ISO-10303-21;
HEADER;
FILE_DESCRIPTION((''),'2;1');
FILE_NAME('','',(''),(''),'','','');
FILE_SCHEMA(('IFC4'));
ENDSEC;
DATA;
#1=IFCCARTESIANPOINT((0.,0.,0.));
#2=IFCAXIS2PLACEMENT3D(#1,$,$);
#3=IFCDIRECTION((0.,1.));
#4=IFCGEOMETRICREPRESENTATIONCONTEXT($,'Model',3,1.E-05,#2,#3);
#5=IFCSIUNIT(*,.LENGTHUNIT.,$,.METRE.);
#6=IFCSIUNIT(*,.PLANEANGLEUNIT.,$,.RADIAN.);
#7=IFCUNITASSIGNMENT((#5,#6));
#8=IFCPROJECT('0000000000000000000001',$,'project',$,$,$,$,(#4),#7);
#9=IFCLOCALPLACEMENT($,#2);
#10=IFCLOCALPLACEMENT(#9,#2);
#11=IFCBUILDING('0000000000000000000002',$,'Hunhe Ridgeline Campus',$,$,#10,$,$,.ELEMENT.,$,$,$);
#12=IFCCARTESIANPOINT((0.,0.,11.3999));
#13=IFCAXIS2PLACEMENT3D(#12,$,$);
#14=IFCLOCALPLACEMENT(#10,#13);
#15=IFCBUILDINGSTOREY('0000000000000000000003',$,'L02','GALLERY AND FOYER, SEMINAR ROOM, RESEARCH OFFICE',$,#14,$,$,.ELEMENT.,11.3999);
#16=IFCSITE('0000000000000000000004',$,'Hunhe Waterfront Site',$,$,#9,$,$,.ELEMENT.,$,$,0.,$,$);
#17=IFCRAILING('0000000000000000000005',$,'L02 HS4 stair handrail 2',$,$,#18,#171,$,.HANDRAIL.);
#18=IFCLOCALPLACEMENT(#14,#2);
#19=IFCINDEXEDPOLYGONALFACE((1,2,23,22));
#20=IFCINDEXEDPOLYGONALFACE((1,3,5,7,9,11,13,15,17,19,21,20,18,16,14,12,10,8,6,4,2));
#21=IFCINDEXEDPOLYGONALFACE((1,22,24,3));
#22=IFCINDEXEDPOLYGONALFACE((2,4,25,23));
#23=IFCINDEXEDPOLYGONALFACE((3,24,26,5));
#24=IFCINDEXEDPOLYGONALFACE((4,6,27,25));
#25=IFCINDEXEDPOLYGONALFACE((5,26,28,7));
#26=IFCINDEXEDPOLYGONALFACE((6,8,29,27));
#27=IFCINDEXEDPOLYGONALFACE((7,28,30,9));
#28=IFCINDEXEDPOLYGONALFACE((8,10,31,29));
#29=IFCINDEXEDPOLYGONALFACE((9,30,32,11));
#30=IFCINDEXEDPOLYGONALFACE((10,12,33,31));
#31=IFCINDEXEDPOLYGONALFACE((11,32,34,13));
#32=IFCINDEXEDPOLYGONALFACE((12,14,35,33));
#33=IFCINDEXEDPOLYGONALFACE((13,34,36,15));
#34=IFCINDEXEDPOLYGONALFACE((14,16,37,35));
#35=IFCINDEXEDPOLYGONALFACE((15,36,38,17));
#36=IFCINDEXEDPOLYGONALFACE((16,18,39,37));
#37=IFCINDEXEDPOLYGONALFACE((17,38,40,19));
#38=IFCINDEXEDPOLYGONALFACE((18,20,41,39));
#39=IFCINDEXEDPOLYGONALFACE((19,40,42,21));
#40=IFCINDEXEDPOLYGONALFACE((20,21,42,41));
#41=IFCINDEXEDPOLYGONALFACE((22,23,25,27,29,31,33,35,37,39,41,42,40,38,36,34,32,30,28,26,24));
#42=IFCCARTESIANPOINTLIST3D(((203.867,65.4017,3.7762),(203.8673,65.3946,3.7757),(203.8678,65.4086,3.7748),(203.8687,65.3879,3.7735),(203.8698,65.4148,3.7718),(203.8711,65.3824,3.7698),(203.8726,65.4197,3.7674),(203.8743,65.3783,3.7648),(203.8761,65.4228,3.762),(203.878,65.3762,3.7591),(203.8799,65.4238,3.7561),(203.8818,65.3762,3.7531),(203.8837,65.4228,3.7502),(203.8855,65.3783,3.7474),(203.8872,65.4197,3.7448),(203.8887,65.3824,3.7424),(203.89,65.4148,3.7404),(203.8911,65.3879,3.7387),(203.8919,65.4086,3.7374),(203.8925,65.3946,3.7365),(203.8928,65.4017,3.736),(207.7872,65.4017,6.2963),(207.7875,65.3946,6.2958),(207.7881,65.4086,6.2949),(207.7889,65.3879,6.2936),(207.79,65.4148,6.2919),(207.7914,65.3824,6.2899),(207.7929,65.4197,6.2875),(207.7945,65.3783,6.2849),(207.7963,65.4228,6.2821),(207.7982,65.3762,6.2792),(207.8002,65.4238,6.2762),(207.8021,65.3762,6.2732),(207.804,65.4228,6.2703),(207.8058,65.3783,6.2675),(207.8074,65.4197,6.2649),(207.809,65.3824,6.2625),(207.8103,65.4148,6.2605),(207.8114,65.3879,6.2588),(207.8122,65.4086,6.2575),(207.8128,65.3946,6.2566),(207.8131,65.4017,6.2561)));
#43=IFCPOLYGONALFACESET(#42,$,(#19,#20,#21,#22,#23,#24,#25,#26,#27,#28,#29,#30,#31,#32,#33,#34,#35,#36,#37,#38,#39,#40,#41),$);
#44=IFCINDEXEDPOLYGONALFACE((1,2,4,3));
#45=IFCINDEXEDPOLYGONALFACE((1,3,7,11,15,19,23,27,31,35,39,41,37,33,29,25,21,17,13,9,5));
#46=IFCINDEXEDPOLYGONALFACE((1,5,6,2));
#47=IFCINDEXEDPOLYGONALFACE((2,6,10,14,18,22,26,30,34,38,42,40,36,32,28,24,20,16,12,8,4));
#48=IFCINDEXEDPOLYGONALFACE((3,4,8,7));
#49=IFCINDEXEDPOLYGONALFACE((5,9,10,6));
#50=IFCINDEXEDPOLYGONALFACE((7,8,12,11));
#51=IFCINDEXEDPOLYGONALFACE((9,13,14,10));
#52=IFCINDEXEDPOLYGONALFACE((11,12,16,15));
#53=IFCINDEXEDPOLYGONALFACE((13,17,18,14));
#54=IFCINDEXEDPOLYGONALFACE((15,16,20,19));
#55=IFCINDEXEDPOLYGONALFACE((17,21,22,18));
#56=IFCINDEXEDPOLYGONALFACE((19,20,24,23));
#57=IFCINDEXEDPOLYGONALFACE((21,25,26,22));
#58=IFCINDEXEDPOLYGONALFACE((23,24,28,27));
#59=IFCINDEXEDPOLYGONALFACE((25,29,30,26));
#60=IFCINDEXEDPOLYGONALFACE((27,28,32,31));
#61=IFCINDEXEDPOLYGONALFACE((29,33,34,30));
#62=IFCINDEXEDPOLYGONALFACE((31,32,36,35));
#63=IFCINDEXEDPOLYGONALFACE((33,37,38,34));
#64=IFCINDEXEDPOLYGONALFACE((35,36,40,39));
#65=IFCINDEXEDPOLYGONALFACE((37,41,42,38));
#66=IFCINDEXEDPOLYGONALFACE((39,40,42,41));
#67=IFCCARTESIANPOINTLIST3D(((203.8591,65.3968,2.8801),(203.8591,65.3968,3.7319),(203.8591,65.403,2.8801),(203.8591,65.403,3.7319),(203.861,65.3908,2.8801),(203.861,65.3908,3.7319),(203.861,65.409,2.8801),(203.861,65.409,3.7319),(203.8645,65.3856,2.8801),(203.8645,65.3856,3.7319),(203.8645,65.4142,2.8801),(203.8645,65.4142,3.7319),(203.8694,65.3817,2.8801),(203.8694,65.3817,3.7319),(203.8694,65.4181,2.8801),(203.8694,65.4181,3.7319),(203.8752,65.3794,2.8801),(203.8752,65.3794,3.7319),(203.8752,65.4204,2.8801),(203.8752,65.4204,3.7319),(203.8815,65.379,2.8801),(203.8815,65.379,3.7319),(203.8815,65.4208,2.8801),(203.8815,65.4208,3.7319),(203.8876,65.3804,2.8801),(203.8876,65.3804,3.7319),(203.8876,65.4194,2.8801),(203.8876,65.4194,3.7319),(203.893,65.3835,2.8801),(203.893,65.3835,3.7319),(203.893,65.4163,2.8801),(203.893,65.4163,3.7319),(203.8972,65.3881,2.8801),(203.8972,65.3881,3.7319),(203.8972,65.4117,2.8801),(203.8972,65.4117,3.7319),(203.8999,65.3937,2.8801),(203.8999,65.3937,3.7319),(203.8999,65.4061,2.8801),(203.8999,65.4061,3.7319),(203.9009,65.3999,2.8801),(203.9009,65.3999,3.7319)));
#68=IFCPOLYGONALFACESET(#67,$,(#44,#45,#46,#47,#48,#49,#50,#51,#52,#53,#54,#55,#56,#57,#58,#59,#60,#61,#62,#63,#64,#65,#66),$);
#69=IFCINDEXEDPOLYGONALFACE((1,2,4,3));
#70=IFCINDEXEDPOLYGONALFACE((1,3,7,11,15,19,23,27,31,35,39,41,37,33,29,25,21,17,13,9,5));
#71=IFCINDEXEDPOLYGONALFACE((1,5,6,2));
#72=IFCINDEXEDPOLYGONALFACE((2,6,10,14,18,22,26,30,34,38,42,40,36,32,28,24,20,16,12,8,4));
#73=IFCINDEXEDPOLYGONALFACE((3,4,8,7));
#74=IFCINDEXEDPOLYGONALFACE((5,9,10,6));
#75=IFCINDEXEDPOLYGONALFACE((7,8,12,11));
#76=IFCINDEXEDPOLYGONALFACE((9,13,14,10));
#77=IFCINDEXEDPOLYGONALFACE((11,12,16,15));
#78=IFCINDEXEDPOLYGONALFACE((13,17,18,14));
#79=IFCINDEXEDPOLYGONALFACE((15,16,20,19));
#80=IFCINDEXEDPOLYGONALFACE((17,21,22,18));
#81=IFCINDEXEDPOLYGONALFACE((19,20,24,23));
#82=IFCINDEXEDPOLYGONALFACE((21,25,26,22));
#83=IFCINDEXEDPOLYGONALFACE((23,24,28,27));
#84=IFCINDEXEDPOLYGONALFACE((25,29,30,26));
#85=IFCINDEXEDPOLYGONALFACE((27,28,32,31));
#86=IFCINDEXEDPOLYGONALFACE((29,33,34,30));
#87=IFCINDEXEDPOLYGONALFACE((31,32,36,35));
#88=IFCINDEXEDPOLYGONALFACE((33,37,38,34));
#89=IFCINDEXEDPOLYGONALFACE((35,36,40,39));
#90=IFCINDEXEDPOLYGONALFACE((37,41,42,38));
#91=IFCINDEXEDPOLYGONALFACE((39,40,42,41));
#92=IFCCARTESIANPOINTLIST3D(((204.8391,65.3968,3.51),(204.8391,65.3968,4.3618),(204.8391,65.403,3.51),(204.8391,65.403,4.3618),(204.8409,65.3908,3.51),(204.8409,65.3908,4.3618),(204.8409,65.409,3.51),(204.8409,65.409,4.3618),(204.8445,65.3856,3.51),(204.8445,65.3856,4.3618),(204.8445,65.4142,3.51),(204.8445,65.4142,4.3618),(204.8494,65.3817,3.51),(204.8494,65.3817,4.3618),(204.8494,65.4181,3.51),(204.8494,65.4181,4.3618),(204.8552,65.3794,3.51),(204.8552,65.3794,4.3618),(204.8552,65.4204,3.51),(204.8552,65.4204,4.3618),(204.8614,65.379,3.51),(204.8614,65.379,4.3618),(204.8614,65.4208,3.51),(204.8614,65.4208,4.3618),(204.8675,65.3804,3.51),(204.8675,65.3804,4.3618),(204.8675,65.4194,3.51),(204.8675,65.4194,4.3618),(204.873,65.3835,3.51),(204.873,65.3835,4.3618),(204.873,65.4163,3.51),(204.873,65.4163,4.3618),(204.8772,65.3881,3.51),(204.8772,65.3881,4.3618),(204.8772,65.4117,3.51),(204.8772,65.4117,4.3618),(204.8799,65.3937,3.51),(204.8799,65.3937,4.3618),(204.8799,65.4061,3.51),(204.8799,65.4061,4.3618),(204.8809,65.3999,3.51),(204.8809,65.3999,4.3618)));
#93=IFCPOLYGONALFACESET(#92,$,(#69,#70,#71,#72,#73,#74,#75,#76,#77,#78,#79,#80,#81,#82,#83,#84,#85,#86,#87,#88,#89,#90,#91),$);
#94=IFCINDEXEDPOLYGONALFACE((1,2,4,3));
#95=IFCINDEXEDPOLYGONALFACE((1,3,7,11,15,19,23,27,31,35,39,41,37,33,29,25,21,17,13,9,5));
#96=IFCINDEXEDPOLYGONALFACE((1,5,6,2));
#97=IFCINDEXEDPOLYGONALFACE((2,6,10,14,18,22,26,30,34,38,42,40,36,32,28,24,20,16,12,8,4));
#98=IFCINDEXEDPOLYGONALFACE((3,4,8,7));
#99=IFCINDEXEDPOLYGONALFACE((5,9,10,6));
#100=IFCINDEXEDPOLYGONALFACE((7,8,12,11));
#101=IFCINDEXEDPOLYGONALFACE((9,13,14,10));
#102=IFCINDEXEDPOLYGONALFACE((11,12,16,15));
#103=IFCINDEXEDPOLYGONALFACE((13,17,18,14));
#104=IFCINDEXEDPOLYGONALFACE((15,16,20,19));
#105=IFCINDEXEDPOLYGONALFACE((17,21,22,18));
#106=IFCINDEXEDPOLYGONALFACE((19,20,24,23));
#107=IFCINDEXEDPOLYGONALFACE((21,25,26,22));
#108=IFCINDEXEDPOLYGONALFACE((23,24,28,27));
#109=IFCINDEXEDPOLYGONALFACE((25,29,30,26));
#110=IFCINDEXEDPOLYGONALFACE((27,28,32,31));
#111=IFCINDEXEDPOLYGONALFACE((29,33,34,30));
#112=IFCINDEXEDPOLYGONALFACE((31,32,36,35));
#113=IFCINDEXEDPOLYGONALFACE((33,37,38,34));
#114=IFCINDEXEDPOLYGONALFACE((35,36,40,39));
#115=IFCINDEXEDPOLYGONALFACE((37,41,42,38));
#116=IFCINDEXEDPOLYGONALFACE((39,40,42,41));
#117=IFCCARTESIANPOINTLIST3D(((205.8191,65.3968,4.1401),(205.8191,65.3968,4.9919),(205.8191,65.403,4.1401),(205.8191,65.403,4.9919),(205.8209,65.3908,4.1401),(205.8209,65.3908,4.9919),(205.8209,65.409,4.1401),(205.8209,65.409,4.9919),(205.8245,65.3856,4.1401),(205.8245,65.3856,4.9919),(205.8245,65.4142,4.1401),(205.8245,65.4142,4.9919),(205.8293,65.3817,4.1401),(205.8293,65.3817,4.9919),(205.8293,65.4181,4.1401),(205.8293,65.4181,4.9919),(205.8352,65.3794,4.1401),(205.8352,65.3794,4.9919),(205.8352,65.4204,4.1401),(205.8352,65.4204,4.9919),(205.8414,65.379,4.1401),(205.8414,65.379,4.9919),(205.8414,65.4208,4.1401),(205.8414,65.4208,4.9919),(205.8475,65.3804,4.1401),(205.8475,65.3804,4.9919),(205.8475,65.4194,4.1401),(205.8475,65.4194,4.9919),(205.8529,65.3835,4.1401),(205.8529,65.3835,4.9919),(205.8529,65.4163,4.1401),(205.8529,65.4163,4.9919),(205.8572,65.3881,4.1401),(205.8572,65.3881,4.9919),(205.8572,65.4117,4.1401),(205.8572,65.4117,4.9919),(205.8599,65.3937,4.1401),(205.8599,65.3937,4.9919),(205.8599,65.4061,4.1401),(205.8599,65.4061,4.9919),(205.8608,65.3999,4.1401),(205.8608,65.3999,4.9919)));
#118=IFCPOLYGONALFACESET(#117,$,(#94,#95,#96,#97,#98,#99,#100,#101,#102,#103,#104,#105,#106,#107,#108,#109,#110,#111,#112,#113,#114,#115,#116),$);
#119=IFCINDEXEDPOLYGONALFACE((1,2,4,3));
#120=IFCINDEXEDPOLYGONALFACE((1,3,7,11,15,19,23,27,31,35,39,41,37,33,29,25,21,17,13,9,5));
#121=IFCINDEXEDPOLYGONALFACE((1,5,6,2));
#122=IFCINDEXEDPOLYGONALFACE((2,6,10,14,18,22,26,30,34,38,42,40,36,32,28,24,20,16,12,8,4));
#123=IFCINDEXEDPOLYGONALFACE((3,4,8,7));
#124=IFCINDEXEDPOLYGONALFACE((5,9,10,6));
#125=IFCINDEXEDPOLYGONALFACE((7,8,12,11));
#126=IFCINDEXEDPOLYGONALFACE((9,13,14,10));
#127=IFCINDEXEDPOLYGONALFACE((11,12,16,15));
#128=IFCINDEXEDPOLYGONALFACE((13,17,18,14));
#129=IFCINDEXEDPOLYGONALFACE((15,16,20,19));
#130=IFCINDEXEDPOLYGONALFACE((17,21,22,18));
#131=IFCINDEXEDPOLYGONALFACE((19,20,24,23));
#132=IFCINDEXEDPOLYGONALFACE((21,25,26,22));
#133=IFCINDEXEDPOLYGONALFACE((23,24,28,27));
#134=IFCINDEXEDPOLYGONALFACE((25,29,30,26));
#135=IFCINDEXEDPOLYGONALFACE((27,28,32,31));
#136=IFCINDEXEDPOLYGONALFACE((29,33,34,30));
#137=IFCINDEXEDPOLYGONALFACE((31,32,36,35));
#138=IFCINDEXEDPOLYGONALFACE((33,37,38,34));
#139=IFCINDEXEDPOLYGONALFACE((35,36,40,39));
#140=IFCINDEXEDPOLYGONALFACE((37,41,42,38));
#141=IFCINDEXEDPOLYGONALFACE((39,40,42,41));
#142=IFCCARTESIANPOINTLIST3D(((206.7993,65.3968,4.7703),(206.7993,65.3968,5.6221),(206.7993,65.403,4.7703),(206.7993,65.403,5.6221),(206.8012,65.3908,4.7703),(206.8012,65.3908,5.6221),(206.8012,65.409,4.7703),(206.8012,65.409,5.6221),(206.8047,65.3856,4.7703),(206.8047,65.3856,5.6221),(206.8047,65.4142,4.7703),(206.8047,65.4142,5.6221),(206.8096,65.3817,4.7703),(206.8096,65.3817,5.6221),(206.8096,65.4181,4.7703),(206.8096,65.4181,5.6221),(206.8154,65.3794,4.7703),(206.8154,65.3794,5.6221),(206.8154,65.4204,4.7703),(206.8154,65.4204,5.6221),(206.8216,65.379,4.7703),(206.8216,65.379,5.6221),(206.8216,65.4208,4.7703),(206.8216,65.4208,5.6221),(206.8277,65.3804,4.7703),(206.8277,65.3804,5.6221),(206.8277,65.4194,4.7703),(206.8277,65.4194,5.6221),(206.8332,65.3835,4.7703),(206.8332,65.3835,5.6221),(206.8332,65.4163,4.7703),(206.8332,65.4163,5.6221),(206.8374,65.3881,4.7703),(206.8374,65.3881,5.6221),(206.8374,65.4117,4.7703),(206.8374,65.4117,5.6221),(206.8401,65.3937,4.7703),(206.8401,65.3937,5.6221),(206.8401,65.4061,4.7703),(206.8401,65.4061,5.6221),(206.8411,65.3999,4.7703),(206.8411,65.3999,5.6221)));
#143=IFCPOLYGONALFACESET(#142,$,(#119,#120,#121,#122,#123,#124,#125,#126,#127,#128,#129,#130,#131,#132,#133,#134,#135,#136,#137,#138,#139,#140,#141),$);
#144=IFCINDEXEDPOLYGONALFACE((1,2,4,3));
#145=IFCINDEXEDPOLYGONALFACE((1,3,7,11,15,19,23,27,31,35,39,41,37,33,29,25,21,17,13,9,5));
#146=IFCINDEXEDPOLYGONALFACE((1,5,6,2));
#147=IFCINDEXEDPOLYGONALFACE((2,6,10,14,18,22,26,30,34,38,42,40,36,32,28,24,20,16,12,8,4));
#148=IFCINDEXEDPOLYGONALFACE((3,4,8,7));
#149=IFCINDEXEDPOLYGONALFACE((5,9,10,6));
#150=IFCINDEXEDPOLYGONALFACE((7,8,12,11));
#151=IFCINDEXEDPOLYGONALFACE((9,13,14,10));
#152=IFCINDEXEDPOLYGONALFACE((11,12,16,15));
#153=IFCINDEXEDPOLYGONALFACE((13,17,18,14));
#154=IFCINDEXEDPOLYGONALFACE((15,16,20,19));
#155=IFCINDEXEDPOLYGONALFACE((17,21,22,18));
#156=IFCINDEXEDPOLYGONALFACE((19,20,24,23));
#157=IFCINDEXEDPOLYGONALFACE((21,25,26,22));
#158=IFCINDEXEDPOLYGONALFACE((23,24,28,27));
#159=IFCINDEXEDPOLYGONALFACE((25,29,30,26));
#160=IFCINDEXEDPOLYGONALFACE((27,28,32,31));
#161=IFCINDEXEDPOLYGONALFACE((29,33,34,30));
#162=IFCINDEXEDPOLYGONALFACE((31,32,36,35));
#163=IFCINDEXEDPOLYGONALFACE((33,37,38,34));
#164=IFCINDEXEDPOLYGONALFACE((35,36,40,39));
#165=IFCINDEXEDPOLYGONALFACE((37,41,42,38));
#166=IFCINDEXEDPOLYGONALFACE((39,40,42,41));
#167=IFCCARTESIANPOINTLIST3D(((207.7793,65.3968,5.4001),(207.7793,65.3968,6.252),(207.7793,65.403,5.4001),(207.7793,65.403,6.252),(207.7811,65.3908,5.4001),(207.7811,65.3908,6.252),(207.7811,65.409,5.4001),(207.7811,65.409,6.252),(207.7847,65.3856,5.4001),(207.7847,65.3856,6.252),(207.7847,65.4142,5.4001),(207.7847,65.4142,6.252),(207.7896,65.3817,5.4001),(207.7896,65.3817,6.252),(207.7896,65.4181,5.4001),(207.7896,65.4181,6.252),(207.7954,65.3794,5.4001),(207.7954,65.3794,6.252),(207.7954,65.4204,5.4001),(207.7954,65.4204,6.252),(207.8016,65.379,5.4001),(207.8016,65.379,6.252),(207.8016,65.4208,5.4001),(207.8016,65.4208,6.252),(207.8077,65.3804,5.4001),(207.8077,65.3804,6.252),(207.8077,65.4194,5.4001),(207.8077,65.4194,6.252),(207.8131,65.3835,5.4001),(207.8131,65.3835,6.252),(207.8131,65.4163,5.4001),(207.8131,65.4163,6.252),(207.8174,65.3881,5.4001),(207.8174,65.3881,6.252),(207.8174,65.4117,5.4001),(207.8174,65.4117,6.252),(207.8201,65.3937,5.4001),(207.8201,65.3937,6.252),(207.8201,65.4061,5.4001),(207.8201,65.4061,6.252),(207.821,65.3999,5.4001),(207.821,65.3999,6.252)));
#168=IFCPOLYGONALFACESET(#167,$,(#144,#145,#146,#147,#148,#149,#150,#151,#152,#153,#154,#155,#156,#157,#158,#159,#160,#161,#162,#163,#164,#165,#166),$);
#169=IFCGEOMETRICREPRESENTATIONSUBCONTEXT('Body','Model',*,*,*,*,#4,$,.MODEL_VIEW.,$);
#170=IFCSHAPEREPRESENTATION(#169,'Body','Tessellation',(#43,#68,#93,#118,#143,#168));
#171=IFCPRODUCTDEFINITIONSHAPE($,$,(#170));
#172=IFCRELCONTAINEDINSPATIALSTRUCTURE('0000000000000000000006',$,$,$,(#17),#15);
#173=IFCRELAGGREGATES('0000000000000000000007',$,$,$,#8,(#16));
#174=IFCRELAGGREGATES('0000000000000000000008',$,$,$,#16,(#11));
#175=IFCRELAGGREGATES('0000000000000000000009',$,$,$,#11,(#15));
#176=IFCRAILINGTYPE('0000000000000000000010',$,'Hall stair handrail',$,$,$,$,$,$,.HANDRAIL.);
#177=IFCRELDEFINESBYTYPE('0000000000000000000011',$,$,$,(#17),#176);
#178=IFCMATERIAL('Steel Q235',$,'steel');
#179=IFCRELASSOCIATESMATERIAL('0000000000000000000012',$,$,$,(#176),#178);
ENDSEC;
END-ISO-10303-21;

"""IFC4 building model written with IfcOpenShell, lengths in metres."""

from ifc_helpers import new_model, si_unit, direction, frame, origin, origin_2d, place, context, subcontext, project, spatial, circle, extrude, material, type_object, element, save


model = new_model("IFC4")

# Units and contexts
model_context = context("Model", 3, precision=1e-05, world=origin(), true_north=direction((0.0, 1.0)))
body_context = subcontext(model_context, "Body", "Model", "MODEL_VIEW")
ifc_project = project(units=[si_unit("LENGTHUNIT", "METRE"), si_unit("PLANEANGLEUNIT", "RADIAN")], contexts=[model_context])

# Site, building, storey
site_placement = place(None, origin())
site = spatial("IfcSite", under=ifc_project, at=site_placement, Name="Hunhe Waterfront Site", CompositionType="ELEMENT", RefElevation=0.0)
building_placement = place(site_placement, origin())
building = spatial("IfcBuilding", under=site, at=building_placement, Name="Hunhe Ridgeline Campus", CompositionType="ELEMENT")
storey_placement = place(building_placement, frame((0.0, 0.0, 11.3999)))
storey = spatial("IfcBuildingStorey", under=building, at=storey_placement, Name="L02", Description="GALLERY AND FOYER, SEMINAR ROOM, RESEARCH OFFICE", CompositionType="ELEMENT", Elevation=11.3999)

# Railing
ifc_material_1 = material(Name="Steel Q235", Category="steel")
railing_type_1 = type_object("IfcRailingType", Name="Hall stair handrail", PredefinedType="HANDRAIL", material=ifc_material_1)
railing_1_placement = place(storey_placement, frame((203.8799, 65.3999, 2.8801)))
element("IfcRailing", 1, at=railing_1_placement, inside=storey, type_object=railing_type_1, Name="L02 HS4 stair handrail 2", PredefinedType="HANDRAIL", context=body_context, shape_type="SweptSolid", body=[
    extrude(circle(Radius=0.0239, at=origin_2d()), frame((0.0, 0.0, 0.876), z_axis=(0.841187, 0.0, 0.540744), x_axis=(0.0, 1.0, 0.0)), (0.0, 0.0, 1.0), 4.6604),
    extrude(circle(Radius=0.021, at=origin_2d()), origin(), (0.0, 0.0, 1.0), 0.8518),
    extrude(circle(Radius=0.021, at=origin_2d()), frame((0.98, 0.0, 0.6299)), (0.0, 0.0, 1.0), 0.8518),
    extrude(circle(Radius=0.021, at=origin_2d()), frame((1.96, 0.0, 1.26)), (0.0, 0.0, 1.0), 0.8518),
    extrude(circle(Radius=0.021, at=origin_2d()), frame((2.9402, 0.0, 1.8901)), (0.0, 0.0, 1.0), 0.8518),
    extrude(circle(Radius=0.021, at=origin_2d()), frame((3.9202, 0.0, 2.52)), (0.0, 0.0, 1.0), 0.8518),
])

save(model, "model.ifc")
